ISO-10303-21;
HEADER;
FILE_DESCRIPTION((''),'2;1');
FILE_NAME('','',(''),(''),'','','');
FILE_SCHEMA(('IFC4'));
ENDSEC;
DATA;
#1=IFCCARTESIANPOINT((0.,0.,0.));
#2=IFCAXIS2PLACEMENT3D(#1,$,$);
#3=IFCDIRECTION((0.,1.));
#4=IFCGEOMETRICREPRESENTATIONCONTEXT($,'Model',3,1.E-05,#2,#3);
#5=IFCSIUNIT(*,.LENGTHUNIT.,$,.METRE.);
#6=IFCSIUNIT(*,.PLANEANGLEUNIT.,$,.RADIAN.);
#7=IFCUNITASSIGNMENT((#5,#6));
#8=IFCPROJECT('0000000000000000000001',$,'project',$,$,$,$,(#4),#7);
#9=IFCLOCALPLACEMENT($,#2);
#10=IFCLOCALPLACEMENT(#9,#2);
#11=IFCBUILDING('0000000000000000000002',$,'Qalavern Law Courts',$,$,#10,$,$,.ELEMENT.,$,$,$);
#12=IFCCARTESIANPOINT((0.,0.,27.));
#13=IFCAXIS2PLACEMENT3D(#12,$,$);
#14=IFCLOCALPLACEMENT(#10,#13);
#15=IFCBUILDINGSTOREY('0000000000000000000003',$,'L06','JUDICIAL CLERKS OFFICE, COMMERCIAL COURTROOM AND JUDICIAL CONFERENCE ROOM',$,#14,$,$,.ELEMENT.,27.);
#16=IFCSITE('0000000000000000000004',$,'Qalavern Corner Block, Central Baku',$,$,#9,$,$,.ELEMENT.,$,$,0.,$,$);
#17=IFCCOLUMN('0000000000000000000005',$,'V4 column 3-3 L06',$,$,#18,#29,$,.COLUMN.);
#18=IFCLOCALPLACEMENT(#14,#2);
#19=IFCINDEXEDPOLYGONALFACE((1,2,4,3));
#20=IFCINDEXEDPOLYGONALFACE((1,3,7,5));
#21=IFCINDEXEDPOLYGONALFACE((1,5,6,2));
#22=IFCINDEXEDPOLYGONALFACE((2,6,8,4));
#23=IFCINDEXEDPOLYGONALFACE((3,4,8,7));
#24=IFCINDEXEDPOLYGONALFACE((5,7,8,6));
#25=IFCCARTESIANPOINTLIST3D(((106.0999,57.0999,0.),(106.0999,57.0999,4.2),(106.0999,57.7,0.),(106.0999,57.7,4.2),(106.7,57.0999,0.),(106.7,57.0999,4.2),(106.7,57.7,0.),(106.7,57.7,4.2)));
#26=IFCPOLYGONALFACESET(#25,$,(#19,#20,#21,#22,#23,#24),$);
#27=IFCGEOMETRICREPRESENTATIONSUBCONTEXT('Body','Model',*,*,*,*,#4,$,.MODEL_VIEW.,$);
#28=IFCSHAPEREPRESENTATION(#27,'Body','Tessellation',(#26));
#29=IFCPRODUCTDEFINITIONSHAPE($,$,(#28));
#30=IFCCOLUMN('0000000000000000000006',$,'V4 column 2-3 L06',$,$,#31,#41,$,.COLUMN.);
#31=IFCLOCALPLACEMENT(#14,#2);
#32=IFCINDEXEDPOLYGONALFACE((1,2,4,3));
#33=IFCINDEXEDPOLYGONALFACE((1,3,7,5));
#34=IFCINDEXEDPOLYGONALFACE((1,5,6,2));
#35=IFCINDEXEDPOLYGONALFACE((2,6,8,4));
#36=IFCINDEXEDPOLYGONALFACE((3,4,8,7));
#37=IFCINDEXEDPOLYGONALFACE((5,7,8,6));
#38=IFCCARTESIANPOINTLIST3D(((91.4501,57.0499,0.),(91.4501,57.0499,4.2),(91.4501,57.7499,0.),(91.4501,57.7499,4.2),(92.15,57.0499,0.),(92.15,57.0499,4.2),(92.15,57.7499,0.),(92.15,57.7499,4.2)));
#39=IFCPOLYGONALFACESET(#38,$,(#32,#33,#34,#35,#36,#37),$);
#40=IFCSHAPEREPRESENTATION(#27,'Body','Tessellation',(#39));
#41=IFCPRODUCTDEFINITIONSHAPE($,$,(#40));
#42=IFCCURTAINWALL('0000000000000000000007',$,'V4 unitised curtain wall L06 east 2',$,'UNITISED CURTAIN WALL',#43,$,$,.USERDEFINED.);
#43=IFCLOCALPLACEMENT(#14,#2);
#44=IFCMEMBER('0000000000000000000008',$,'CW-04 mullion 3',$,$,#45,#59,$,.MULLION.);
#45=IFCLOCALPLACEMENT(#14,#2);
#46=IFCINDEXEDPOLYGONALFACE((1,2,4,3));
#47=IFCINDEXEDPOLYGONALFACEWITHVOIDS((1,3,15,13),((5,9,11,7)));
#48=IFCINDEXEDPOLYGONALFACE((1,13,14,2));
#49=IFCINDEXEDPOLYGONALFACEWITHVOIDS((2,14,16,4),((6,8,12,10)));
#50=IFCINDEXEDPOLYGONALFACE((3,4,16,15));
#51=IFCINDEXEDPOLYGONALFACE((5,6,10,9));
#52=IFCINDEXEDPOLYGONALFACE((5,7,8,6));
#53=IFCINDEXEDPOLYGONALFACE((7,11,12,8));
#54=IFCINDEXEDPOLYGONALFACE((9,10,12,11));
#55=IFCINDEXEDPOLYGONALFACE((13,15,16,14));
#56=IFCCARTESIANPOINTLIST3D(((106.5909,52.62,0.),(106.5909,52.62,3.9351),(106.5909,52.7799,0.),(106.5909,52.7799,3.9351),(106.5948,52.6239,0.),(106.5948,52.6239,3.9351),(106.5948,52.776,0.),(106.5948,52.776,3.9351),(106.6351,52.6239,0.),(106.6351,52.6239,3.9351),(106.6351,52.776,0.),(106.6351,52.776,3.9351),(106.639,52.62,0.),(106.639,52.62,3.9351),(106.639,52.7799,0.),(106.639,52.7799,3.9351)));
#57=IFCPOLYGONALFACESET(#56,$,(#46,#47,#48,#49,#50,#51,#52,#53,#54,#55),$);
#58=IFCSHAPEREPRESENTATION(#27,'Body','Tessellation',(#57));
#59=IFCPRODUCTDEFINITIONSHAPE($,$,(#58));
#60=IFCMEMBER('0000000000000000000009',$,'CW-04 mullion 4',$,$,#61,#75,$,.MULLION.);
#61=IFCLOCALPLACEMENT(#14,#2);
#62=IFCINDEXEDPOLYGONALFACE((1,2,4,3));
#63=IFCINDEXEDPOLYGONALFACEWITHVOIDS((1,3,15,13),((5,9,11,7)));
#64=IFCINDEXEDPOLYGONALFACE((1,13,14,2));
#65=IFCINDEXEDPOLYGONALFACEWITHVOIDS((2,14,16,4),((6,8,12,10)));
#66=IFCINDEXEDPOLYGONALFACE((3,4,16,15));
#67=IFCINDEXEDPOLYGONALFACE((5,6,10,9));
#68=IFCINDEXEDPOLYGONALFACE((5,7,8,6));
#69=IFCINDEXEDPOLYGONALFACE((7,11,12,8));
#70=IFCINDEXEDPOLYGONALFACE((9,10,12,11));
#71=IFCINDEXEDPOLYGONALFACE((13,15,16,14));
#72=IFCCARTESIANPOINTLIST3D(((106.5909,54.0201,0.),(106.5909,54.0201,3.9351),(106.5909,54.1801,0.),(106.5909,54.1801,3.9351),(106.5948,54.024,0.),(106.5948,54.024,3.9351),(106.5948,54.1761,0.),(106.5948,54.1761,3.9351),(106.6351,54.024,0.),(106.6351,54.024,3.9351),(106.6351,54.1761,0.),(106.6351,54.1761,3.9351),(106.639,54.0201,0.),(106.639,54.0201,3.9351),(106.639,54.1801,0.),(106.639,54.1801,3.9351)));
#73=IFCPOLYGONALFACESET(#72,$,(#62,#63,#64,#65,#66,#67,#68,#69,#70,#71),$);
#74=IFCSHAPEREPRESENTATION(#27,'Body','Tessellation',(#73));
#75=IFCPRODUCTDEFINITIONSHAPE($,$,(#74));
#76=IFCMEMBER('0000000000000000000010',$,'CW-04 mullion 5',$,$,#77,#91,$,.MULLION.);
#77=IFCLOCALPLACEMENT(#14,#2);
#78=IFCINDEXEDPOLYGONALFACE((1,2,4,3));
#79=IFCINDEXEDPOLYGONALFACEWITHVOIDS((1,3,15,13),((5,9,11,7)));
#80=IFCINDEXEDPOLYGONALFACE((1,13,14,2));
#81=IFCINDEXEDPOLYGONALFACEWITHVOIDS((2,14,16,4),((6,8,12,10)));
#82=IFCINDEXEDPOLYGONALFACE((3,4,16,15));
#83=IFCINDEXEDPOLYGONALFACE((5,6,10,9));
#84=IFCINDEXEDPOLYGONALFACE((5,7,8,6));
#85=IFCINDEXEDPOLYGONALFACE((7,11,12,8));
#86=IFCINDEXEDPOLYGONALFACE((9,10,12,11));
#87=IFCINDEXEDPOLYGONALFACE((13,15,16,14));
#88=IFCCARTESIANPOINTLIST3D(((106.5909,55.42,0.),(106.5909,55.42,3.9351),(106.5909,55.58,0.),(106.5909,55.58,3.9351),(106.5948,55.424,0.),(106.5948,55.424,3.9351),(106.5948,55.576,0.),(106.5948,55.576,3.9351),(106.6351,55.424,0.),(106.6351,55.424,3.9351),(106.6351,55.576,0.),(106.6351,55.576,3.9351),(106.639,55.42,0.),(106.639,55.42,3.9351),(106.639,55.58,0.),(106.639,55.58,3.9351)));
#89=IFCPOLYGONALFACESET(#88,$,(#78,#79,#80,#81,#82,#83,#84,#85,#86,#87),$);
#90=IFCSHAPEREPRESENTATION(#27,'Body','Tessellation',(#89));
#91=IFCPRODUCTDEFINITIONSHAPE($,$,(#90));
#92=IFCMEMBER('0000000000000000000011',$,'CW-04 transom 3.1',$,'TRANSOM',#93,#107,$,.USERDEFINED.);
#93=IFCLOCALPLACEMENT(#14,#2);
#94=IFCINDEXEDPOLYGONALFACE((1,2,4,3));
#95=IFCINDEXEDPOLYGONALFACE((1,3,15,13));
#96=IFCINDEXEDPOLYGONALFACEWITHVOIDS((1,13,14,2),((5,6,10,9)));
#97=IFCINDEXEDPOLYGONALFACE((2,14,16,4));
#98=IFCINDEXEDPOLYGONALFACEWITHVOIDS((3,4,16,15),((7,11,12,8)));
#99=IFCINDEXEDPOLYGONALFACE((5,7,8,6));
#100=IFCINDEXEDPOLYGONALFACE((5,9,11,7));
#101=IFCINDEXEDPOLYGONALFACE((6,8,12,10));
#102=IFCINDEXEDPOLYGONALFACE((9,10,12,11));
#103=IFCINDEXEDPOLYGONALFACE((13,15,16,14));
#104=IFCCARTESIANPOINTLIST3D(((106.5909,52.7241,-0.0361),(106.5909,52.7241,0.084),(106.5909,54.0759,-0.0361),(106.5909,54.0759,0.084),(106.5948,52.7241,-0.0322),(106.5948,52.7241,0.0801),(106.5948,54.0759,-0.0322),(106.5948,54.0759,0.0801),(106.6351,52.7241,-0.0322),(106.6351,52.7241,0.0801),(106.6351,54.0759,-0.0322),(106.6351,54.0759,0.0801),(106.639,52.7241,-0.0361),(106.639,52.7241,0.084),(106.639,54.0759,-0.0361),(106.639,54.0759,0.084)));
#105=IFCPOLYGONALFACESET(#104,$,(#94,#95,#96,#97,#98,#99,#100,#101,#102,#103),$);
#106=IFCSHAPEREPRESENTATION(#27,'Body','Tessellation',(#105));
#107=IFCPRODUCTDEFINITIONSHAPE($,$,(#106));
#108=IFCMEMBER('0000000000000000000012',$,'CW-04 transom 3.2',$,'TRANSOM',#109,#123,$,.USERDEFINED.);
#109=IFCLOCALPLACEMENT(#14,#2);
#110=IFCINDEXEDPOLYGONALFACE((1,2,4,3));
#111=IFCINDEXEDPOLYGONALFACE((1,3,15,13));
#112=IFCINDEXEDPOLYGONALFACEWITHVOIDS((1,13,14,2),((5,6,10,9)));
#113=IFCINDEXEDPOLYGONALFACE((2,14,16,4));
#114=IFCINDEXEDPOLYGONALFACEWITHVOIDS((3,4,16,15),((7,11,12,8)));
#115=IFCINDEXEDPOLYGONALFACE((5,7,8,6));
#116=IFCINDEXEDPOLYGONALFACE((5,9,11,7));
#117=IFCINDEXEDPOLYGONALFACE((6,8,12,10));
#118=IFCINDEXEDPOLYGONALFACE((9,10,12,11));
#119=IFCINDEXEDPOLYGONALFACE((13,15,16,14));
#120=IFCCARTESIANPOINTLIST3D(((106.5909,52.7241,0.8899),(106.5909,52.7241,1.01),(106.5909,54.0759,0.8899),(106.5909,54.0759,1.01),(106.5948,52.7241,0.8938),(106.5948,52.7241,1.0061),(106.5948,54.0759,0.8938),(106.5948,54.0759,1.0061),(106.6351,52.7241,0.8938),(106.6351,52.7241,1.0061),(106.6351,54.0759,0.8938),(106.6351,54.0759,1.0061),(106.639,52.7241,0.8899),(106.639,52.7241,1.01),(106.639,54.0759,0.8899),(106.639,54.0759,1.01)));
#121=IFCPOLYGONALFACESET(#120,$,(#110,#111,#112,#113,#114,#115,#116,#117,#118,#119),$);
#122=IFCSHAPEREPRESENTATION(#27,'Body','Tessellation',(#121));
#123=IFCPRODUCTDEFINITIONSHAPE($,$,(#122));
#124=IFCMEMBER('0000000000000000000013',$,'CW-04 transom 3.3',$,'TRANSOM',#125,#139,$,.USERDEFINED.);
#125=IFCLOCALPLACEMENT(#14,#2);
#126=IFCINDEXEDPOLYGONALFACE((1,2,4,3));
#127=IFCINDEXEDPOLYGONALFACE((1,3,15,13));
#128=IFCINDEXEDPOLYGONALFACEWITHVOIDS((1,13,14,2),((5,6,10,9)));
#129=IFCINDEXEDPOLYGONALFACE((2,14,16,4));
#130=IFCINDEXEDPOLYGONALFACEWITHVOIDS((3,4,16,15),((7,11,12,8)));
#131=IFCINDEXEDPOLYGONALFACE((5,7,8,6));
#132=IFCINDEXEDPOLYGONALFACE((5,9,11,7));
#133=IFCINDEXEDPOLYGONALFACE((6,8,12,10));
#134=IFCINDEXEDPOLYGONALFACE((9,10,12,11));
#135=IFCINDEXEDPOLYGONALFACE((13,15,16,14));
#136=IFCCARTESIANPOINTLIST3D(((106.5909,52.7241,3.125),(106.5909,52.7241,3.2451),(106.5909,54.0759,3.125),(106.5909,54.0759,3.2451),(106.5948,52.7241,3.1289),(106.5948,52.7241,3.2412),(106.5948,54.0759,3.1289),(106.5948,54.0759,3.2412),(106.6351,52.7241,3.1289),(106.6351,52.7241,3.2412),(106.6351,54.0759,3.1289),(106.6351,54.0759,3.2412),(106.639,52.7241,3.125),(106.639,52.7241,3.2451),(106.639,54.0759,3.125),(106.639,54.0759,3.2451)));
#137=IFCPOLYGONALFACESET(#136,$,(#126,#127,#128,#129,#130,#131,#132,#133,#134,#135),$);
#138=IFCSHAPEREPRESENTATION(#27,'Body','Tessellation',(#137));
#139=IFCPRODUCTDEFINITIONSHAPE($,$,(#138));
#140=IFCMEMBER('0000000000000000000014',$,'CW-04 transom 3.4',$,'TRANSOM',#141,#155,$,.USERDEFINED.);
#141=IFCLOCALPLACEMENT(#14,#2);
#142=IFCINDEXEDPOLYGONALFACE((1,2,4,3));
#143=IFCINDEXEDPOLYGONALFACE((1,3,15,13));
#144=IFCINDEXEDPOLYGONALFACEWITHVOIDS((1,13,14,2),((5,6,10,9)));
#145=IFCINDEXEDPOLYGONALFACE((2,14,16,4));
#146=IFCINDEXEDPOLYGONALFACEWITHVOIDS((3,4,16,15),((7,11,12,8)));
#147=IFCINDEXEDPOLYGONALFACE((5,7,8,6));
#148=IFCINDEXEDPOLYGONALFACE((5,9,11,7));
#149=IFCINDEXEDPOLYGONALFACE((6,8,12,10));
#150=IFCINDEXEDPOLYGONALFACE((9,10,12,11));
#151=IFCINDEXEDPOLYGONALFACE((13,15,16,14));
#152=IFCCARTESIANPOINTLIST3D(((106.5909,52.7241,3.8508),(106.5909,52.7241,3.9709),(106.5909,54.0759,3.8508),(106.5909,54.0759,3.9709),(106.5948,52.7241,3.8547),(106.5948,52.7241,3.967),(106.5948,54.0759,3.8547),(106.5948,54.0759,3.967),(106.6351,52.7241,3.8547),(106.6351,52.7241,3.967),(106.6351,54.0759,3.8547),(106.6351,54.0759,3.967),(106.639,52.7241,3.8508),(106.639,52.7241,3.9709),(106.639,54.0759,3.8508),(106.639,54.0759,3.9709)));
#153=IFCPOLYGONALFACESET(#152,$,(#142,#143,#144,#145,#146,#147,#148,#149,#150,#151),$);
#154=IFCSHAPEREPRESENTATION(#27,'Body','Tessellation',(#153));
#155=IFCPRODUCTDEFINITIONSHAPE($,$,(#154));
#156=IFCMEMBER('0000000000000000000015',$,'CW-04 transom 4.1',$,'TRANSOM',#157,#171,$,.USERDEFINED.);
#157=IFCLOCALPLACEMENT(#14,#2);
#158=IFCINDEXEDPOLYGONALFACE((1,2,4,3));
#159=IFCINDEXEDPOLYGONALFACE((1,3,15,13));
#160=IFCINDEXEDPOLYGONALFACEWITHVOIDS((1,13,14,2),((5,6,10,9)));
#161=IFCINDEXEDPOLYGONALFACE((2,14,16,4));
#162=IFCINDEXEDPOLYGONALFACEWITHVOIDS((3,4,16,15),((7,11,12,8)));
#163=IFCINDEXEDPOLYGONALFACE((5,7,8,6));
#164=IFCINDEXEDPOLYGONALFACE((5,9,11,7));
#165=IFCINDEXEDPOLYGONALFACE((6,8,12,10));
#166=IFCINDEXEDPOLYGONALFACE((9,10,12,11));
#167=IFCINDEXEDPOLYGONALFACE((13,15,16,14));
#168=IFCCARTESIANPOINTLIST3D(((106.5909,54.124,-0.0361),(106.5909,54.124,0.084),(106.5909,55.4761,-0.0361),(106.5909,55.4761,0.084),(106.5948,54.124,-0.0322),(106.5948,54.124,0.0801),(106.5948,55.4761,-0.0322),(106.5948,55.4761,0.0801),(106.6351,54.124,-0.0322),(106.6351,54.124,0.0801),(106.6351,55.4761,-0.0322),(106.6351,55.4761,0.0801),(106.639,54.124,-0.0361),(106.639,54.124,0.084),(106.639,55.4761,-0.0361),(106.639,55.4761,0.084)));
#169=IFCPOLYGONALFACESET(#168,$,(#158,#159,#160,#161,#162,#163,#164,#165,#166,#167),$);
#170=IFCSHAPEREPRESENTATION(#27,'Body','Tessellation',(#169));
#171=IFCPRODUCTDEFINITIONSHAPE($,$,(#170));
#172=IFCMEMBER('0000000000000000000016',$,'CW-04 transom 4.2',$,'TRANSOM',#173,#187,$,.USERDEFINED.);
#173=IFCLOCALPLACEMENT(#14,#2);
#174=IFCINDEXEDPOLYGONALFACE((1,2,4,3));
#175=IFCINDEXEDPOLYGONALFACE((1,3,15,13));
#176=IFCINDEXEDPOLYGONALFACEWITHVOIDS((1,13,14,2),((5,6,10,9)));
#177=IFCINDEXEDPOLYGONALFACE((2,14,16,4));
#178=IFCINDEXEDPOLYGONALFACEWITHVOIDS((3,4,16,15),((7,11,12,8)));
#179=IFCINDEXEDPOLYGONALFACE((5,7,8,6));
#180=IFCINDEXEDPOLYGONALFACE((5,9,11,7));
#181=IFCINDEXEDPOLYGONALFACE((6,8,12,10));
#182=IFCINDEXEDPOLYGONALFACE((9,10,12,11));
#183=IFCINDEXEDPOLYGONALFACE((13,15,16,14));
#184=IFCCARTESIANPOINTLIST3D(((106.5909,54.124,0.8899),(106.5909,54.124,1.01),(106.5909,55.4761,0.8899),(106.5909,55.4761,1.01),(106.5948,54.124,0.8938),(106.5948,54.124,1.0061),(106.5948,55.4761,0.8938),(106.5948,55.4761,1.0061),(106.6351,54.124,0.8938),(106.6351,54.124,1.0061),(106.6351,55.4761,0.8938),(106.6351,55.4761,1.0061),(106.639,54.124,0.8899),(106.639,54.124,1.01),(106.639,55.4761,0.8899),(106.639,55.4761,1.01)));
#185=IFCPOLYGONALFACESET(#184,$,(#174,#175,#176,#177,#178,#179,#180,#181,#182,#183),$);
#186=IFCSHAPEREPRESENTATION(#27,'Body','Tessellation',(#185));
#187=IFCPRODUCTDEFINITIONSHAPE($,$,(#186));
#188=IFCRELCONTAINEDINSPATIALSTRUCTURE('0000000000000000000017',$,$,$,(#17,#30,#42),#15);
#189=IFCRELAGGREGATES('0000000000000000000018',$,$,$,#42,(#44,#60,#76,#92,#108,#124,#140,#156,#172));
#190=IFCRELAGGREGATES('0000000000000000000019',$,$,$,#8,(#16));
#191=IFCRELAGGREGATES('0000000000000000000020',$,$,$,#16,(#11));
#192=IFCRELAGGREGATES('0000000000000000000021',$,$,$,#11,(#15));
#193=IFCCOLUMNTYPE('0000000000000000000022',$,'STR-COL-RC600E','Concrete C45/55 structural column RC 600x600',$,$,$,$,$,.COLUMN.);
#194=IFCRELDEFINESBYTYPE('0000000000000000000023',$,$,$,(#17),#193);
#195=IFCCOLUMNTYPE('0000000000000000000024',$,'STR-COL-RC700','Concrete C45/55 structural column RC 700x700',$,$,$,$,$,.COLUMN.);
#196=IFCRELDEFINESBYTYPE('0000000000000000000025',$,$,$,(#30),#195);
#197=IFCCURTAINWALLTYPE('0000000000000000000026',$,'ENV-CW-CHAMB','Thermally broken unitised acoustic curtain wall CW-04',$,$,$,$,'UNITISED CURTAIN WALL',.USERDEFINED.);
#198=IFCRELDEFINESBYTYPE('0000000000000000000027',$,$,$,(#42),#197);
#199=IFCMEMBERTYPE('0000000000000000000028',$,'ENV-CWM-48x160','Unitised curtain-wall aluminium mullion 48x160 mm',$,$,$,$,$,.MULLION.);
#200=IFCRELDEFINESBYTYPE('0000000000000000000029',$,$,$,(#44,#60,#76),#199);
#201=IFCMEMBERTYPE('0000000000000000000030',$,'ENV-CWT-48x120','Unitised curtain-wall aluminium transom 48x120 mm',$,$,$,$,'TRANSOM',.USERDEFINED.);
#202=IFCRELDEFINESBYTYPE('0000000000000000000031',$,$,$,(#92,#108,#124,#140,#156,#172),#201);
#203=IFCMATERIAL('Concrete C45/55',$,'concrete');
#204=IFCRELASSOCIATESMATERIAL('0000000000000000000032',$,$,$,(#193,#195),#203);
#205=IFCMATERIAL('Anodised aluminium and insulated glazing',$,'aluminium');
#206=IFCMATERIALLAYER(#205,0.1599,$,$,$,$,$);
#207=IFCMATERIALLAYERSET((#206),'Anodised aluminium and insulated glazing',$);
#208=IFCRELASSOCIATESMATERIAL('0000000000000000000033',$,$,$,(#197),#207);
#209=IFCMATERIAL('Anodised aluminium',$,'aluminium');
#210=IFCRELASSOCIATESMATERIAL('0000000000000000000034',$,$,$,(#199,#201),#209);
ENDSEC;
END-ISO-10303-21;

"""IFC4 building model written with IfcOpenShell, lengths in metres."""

from ifc_helpers import new_model, si_unit, direction, frame, origin, origin_2d, place, context, subcontext, project, spatial, rectangle, hollow_rectangle, extrude, material, layer, layer_set, material_profile, profile_set, type_object, element, aggregate, save


model = new_model("IFC4")

# Units and contexts
model_context = context("Model", 3, precision=1e-05, world=origin(), true_north=direction((0.0, 1.0)))
body_context = subcontext(model_context, "Body", "Model", "MODEL_VIEW")
ifc_project = project(units=[si_unit("LENGTHUNIT", "METRE"), si_unit("PLANEANGLEUNIT", "RADIAN")], contexts=[model_context])

# Site, building, storey
site_placement = place(None, origin())
site = spatial("IfcSite", under=ifc_project, at=site_placement, Name="Qalavern Corner Block, Central Baku", CompositionType="ELEMENT", RefElevation=0.0)
building_placement = place(site_placement, origin())
building = spatial("IfcBuilding", under=site, at=building_placement, Name="Qalavern Law Courts", CompositionType="ELEMENT")
storey_placement = place(building_placement, frame((0.0, 0.0, 27.0)))
storey = spatial("IfcBuildingStorey", under=building, at=storey_placement, Name="L06", Description="JUDICIAL CLERKS OFFICE, COMMERCIAL COURTROOM AND JUDICIAL CONFERENCE ROOM", CompositionType="ELEMENT", Elevation=27.0)

# Columns
ifc_material_1 = material(Name="Concrete C45/55", Category="concrete")
ifc_material_profile_1 = material_profile(ifc_material_1, rectangle(XDim=0.6001, YDim=0.6001, at=origin_2d()), Name="RC 600x600")
ifc_profile_set_1 = profile_set([ifc_material_profile_1], Name="Concrete C45/55")
column_type_1 = type_object("IfcColumnType", Name="STR-COL-RC600E", Description="Concrete C45/55 structural column RC 600x600", PredefinedType="COLUMN", material=ifc_profile_set_1)
column_1_placement = place(storey_placement, frame((106.3999, 57.3999, 0.0), z_axis=(0.0, 0.0, 1.0), x_axis=(1.0, 0.0, 0.0)))
element("IfcColumn", 1, at=column_1_placement, inside=storey, type_object=column_type_1, Name="V4 column 3-3 L06", PredefinedType="COLUMN", context=body_context, shape_type="SweptSolid", body=[
    extrude(rectangle(XDim=0.6001, YDim=0.6001, at=origin_2d()), origin(), (0.0, 0.0, 1.0), 4.2),
])
ifc_material_profile_2 = material_profile(ifc_material_1, rectangle(XDim=0.7, YDim=0.7, at=origin_2d()), Name="RC 700x700")
ifc_profile_set_2 = profile_set([ifc_material_profile_2], Name="Concrete C45/55")
column_type_2 = type_object("IfcColumnType", Name="STR-COL-RC700", Description="Concrete C45/55 structural column RC 700x700", PredefinedType="COLUMN", material=ifc_profile_set_2)
column_2_placement = place(storey_placement, frame((91.8, 57.3999, 0.0), z_axis=(0.0, 0.0, 1.0), x_axis=(1.0, 0.0, 0.0)))
element("IfcColumn", 2, at=column_2_placement, inside=storey, type_object=column_type_2, Name="V4 column 2-3 L06", PredefinedType="COLUMN", context=body_context, shape_type="SweptSolid", body=[
    extrude(rectangle(XDim=0.7, YDim=0.7, at=origin_2d()), origin(), (0.0, 0.0, 1.0), 4.2),
])

# Curtain wall, members
ifc_material_2 = material(Name="Anodised aluminium and insulated glazing", Category="aluminium")
ifc_layer_1 = layer(ifc_material_2, 0.1599)
ifc_layer_set_1 = layer_set([ifc_layer_1], Name="Anodised aluminium and insulated glazing")
curtain_wall_type = type_object("IfcCurtainWallType", Name="ENV-CW-CHAMB", Description="Thermally broken unitised acoustic curtain wall CW-04", ElementType="UNITISED CURTAIN WALL", PredefinedType="USERDEFINED", material=ifc_layer_set_1)
curtain_wall_placement = place(storey_placement, origin())
curtain_wall = element("IfcCurtainWall", 3, at=curtain_wall_placement, inside=storey, type_object=curtain_wall_type, Name="V4 unitised curtain wall L06 east 2", ObjectType="UNITISED CURTAIN WALL", PredefinedType="USERDEFINED")
ifc_material_3 = material(Name="Anodised aluminium", Category="aluminium")
ifc_material_profile_3 = material_profile(ifc_material_3, hollow_rectangle(XDim=0.0481, YDim=0.1599, WallThickness=0.0039, at=origin_2d()), Name="ALU MULLION 48x160")
ifc_profile_set_3 = profile_set([ifc_material_profile_3], Name="Anodised aluminium")
member_type_1 = type_object("IfcMemberType", Name="ENV-CWM-48x160", Description="Unitised curtain-wall aluminium mullion 48x160 mm", PredefinedType="MULLION", material=ifc_profile_set_3)
member_1_placement = place(storey_placement, frame((106.615, 52.7, 0.0), z_axis=(0.0, 0.0, 1.0), x_axis=(-1.0, 0.0, 0.0)))
member_1 = element("IfcMember", 4, at=member_1_placement, type_object=member_type_1, Name="CW-04 mullion 3", PredefinedType="MULLION", context=body_context, shape_type="SweptSolid", body=[
    extrude(hollow_rectangle(XDim=0.0481, YDim=0.1599, WallThickness=0.0039, at=origin_2d()), origin(), (0.0, 0.0, 1.0), 3.9351),
])
member_2_placement = place(storey_placement, frame((106.615, 54.1001, 0.0), z_axis=(0.0, 0.0, 1.0), x_axis=(-1.0, 0.0, 0.0)))
member_2 = element("IfcMember", 5, at=member_2_placement, type_object=member_type_1, Name="CW-04 mullion 4", PredefinedType="MULLION", context=body_context, shape_type="SweptSolid", body=[
    extrude(hollow_rectangle(XDim=0.0481, YDim=0.1599, WallThickness=0.0039, at=origin_2d()), origin(), (0.0, 0.0, 1.0), 3.9351),
])
member_3_placement = place(storey_placement, frame((106.615, 55.5, 0.0), z_axis=(0.0, 0.0, 1.0), x_axis=(-1.0, 0.0, 0.0)))
member_3 = element("IfcMember", 6, at=member_3_placement, type_object=member_type_1, Name="CW-04 mullion 5", PredefinedType="MULLION", context=body_context, shape_type="SweptSolid", body=[
    extrude(hollow_rectangle(XDim=0.0481, YDim=0.1599, WallThickness=0.0039, at=origin_2d()), origin(), (0.0, 0.0, 1.0), 3.9351),
])
ifc_material_profile_4 = material_profile(ifc_material_3, hollow_rectangle(XDim=0.0481, YDim=0.1201, WallThickness=0.0039, at=origin_2d()), Name="ALU TRANSOM 48x120")
ifc_profile_set_4 = profile_set([ifc_material_profile_4], Name="Anodised aluminium")
member_type_2 = type_object("IfcMemberType", Name="ENV-CWT-48x120", Description="Unitised curtain-wall aluminium transom 48x120 mm", ElementType="TRANSOM", PredefinedType="USERDEFINED", material=ifc_profile_set_4)
member_4_placement = place(storey_placement, frame((106.615, 52.7241, 0.0239), z_axis=(0.0, 1.0, 0.0), x_axis=(-1.0, 0.0, 0.0)))
member_4 = element("IfcMember", 7, at=member_4_placement, type_object=member_type_2, Name="CW-04 transom 3.1", ObjectType="TRANSOM", PredefinedType="USERDEFINED", context=body_context, shape_type="SweptSolid", body=[
    extrude(hollow_rectangle(XDim=0.0481, YDim=0.1201, WallThickness=0.0039, at=origin_2d()), origin(), (0.0, 0.0, 1.0), 1.3518),
])
member_5_placement = place(storey_placement, frame((106.615, 52.7241, 0.95), z_axis=(0.0, 1.0, 0.0), x_axis=(-1.0, 0.0, 0.0)))
member_5 = element("IfcMember", 8, at=member_5_placement, type_object=member_type_2, Name="CW-04 transom 3.2", ObjectType="TRANSOM", PredefinedType="USERDEFINED", context=body_context, shape_type="SweptSolid", body=[
    extrude(hollow_rectangle(XDim=0.0481, YDim=0.1201, WallThickness=0.0039, at=origin_2d()), origin(), (0.0, 0.0, 1.0), 1.3518),
])
member_6_placement = place(storey_placement, frame((106.615, 52.7241, 3.1851), z_axis=(0.0, 1.0, 0.0), x_axis=(-1.0, 0.0, 0.0)))
member_6 = element("IfcMember", 9, at=member_6_placement, type_object=member_type_2, Name="CW-04 transom 3.3", ObjectType="TRANSOM", PredefinedType="USERDEFINED", context=body_context, shape_type="SweptSolid", body=[
    extrude(hollow_rectangle(XDim=0.0481, YDim=0.1201, WallThickness=0.0039, at=origin_2d()), origin(), (0.0, 0.0, 1.0), 1.3518),
])
member_7_placement = place(storey_placement, frame((106.615, 52.7241, 3.9109), z_axis=(0.0, 1.0, 0.0), x_axis=(-1.0, 0.0, 0.0)))
member_7 = element("IfcMember", 10, at=member_7_placement, type_object=member_type_2, Name="CW-04 transom 3.4", ObjectType="TRANSOM", PredefinedType="USERDEFINED", context=body_context, shape_type="SweptSolid", body=[
    extrude(hollow_rectangle(XDim=0.0481, YDim=0.1201, WallThickness=0.0039, at=origin_2d()), origin(), (0.0, 0.0, 1.0), 1.3518),
])
member_8_placement = place(storey_placement, frame((106.615, 54.124, 0.0239), z_axis=(0.0, 1.0, 0.0), x_axis=(-1.0, 0.0, 0.0)))
member_8 = element("IfcMember", 11, at=member_8_placement, type_object=member_type_2, Name="CW-04 transom 4.1", ObjectType="TRANSOM", PredefinedType="USERDEFINED", context=body_context, shape_type="SweptSolid", body=[
    extrude(hollow_rectangle(XDim=0.0481, YDim=0.1201, WallThickness=0.0039, at=origin_2d()), origin(), (0.0, 0.0, 1.0), 1.3521),
])
member_9_placement = place(storey_placement, frame((106.615, 54.124, 0.95), z_axis=(0.0, 1.0, 0.0), x_axis=(-1.0, 0.0, 0.0)))
member_9 = element("IfcMember", 12, at=member_9_placement, type_object=member_type_2, Name="CW-04 transom 4.2", ObjectType="TRANSOM", PredefinedType="USERDEFINED", context=body_context, shape_type="SweptSolid", body=[
    extrude(hollow_rectangle(XDim=0.0481, YDim=0.1201, WallThickness=0.0039, at=origin_2d()), origin(), (0.0, 0.0, 1.0), 1.3521),
])

aggregate(curtain_wall, [member_1, member_2, member_3, member_4, member_5, member_6, member_7, member_8, member_9])

save(model, "model.ifc")
